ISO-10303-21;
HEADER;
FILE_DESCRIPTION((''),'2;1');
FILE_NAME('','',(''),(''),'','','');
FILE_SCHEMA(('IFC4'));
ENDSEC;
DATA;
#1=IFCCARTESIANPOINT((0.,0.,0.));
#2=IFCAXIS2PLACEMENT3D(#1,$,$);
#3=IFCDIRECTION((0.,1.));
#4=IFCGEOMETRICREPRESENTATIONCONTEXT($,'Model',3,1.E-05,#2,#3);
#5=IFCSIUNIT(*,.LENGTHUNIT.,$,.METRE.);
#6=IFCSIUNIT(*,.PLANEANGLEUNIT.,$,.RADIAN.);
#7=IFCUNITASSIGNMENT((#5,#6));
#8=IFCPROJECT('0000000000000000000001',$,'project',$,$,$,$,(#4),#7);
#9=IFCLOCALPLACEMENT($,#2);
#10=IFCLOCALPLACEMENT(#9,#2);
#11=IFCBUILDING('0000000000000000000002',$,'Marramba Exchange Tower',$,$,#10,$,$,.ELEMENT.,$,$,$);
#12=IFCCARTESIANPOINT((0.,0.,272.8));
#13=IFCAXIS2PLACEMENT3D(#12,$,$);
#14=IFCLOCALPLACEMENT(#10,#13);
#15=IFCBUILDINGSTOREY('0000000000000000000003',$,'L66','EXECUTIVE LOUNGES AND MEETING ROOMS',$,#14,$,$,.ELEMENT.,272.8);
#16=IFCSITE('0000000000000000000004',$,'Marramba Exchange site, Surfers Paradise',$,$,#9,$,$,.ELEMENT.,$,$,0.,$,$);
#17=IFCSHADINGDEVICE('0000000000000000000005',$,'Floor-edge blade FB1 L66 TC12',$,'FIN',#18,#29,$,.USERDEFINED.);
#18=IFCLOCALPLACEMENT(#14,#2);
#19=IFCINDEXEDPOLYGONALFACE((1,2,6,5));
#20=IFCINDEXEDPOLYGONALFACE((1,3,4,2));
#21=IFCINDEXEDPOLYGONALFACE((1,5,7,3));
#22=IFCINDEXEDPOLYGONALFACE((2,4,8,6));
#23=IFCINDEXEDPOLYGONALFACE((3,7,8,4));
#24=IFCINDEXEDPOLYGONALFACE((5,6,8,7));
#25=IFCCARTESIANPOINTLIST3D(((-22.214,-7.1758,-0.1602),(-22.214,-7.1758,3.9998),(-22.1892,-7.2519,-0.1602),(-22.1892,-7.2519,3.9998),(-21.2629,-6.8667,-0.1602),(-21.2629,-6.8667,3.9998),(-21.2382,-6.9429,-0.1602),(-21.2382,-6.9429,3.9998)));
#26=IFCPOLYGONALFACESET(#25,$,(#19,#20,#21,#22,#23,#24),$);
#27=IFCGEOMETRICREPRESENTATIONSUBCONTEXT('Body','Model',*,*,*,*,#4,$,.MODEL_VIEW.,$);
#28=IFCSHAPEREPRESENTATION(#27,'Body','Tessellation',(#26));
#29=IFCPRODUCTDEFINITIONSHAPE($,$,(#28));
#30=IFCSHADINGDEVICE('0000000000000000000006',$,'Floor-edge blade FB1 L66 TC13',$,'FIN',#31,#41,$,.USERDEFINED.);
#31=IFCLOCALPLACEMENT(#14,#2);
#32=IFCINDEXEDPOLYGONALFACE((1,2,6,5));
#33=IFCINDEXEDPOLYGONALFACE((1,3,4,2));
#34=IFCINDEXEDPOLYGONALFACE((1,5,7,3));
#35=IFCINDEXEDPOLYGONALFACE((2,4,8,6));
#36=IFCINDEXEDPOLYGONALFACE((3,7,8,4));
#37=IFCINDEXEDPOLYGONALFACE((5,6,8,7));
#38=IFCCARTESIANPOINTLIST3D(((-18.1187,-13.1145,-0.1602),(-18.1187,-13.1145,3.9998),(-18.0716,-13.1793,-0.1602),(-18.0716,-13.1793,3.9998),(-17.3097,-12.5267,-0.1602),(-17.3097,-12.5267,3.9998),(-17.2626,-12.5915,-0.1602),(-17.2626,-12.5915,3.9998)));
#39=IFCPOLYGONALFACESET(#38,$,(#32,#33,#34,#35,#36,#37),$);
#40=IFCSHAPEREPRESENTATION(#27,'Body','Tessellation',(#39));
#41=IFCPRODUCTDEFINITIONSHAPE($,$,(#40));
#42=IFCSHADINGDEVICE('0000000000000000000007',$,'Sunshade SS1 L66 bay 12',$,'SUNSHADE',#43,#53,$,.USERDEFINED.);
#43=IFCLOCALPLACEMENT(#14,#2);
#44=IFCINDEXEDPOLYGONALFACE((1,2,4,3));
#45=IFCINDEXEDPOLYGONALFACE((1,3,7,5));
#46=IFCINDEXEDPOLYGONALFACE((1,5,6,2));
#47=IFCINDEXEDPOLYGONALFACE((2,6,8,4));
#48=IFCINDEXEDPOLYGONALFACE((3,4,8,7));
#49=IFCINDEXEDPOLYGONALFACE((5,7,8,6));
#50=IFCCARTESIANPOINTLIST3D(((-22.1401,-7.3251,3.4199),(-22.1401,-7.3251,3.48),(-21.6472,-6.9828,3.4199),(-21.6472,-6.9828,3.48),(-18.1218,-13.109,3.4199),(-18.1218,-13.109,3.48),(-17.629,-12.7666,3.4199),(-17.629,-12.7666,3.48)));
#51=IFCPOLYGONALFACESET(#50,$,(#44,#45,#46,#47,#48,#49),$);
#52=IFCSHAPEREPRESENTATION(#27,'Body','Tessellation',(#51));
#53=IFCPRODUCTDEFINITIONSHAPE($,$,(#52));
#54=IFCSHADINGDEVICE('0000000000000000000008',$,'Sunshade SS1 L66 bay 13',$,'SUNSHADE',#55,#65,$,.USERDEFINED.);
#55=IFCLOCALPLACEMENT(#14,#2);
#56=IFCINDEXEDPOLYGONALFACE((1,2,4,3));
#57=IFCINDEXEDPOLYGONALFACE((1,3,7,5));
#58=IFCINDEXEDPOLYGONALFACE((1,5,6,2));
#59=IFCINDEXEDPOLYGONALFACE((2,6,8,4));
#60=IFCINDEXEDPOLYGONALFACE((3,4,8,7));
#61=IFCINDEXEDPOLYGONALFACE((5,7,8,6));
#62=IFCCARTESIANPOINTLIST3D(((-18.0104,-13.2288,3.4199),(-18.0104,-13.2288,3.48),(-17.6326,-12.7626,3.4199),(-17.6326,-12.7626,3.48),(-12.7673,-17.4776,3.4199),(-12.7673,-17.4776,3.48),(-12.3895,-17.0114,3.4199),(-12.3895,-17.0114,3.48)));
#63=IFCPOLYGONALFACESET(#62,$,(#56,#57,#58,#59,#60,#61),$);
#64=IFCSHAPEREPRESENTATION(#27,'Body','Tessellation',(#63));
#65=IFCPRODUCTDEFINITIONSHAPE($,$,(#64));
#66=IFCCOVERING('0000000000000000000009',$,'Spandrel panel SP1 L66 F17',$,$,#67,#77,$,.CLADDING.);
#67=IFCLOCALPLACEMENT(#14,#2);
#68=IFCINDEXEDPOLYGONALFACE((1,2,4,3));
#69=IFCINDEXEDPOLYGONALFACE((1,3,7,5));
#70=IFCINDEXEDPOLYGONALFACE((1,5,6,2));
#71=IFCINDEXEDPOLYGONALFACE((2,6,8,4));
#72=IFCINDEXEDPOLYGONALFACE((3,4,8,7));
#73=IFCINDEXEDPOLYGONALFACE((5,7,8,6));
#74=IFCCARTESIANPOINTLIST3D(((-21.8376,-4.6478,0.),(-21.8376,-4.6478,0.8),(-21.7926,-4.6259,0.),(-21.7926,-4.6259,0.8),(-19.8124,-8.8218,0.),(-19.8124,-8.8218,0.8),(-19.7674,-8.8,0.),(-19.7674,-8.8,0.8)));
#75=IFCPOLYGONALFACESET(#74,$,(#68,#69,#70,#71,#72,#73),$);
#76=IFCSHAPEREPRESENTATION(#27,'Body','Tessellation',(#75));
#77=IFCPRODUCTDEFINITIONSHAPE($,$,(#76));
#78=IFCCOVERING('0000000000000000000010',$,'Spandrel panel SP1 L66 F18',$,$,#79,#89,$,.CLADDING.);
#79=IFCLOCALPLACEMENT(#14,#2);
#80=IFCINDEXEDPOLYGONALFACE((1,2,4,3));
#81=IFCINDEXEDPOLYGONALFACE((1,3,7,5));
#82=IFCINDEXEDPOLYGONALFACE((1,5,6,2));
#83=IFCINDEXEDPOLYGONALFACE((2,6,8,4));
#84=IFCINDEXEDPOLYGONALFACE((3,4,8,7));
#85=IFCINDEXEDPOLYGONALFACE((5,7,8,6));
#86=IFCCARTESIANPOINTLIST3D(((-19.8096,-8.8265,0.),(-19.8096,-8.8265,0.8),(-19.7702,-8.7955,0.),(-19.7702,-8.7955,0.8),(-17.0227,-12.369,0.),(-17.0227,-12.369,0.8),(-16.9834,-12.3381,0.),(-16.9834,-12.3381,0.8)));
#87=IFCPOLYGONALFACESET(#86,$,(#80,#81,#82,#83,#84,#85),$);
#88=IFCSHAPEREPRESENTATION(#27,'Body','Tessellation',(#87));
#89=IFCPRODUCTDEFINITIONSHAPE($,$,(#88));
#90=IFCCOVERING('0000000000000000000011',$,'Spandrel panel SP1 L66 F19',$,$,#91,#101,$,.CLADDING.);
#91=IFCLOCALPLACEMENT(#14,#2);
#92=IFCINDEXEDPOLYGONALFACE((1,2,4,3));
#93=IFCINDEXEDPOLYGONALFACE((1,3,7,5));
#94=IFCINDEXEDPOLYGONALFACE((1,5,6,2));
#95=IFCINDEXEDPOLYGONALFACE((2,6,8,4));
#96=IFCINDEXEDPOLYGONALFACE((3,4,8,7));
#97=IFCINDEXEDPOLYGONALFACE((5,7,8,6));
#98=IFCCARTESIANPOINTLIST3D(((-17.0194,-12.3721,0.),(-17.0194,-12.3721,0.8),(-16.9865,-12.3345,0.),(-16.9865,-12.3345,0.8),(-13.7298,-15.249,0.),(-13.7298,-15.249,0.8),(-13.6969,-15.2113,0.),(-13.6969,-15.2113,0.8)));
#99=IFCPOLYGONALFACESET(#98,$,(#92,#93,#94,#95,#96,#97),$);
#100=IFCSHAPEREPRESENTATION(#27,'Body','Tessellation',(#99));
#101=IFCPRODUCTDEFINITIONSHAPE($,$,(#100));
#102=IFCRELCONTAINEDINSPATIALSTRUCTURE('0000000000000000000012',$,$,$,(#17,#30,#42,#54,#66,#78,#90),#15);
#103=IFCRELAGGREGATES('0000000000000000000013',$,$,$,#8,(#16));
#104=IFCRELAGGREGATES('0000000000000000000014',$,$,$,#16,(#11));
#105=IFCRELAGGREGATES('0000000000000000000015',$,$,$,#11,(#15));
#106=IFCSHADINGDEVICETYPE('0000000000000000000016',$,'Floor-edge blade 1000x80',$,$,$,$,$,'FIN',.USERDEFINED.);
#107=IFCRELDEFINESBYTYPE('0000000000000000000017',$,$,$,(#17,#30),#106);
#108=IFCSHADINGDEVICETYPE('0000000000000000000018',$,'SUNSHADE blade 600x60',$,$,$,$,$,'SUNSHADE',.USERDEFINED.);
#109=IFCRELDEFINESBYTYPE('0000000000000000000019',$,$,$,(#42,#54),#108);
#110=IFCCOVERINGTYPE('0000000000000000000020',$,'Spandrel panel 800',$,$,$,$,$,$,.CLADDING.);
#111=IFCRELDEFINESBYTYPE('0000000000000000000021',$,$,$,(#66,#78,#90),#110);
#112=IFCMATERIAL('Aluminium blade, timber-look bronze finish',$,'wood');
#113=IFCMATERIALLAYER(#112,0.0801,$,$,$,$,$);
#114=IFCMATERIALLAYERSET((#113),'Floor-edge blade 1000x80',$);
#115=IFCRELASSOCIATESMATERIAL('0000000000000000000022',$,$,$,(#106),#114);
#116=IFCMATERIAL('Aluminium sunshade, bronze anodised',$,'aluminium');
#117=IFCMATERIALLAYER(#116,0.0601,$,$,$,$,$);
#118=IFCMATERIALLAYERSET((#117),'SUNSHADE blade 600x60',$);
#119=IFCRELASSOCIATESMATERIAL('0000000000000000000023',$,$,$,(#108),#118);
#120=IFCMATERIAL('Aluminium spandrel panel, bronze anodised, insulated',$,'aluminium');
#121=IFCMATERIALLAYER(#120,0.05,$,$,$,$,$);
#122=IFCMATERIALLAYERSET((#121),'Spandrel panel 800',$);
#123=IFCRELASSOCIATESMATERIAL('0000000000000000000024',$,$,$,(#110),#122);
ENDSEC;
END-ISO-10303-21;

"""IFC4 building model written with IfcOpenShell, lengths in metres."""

from ifc_helpers import new_model, si_unit, direction, frame, origin, origin_2d, place, context, subcontext, project, spatial, rectangle, extrude, material, layer, layer_set, type_object, element, save


model = new_model("IFC4")

# Units and contexts
model_context = context("Model", 3, precision=1e-05, world=origin(), true_north=direction((0.0, 1.0)))
body_context = subcontext(model_context, "Body", "Model", "MODEL_VIEW")
ifc_project = project(units=[si_unit("LENGTHUNIT", "METRE"), si_unit("PLANEANGLEUNIT", "RADIAN")], contexts=[model_context])

# Site, building, storey
site_placement = place(None, origin())
site = spatial("IfcSite", under=ifc_project, at=site_placement, Name="Marramba Exchange site, Surfers Paradise", CompositionType="ELEMENT", RefElevation=0.0)
building_placement = place(site_placement, origin())
building = spatial("IfcBuilding", under=site, at=building_placement, Name="Marramba Exchange Tower", CompositionType="ELEMENT")
storey_placement = place(building_placement, frame((0.0, 0.0, 272.8)))
storey = spatial("IfcBuildingStorey", under=building, at=storey_placement, Name="L66", Description="EXECUTIVE LOUNGES AND MEETING ROOMS", CompositionType="ELEMENT", Elevation=272.8)

# Shading devices
ifc_material_1 = material(Name="Aluminium blade, timber-look bronze finish", Category="wood")
ifc_layer_1 = layer(ifc_material_1, 0.0801)
ifc_layer_set_1 = layer_set([ifc_layer_1], Name="Floor-edge blade 1000x80")
shading_device_type_1 = type_object("IfcShadingDeviceType", Name="Floor-edge blade 1000x80", ElementType="FIN", PredefinedType="USERDEFINED", material=ifc_layer_set_1)
for number, where, z_axis, x_axis, name in (
    (1, (-21.7261, -7.0593, -0.1602), (0.0, 0.0, 1.0), (-0.951057, -0.309017, 0.0), "Floor-edge blade FB1 L66 TC12"),
    (2, (-17.6907, -12.853, -0.1602), (0.0, 0.0, 1.0), (-0.809017, -0.587785, 0.0), "Floor-edge blade FB1 L66 TC13"),
):
    element("IfcShadingDevice", number, at=place(storey_placement, frame(where, z_axis=z_axis, x_axis=x_axis)), inside=storey, type_object=shading_device_type_1, Name=name, ObjectType="FIN", PredefinedType="USERDEFINED", context=body_context, shape_type="SweptSolid", body=[
        extrude(rectangle(XDim=1.0, YDim=0.0801, at=origin_2d()), origin(), (0.0, 0.0, 1.0), 4.1599),
    ])
ifc_material_2 = material(Name="Aluminium sunshade, bronze anodised", Category="aluminium")
ifc_layer_2 = layer(ifc_material_2, 0.0601)
ifc_layer_set_2 = layer_set([ifc_layer_2], Name="SUNSHADE blade 600x60")
shading_device_type_2 = type_object("IfcShadingDeviceType", Name="SUNSHADE blade 600x60", ElementType="SUNSHADE", PredefinedType="USERDEFINED", material=ifc_layer_set_2)
shading_device_1_placement = place(storey_placement, frame((-19.8845, -10.0459, 3.4199), z_axis=(0.0, 0.0, 1.0), x_axis=(0.570558, -0.821257, 0.0)))
element("IfcShadingDevice", 3, at=shading_device_1_placement, inside=storey, type_object=shading_device_type_2, Name="Sunshade SS1 L66 bay 12", ObjectType="SUNSHADE", PredefinedType="USERDEFINED", context=body_context, shape_type="SweptSolid", body=[
    extrude(rectangle(XDim=7.0427, YDim=0.6001, at=origin_2d()), origin(), (0.0, 0.0, 1.0), 0.0601),
])
shading_device_2_placement = place(storey_placement, frame((-15.2, -15.1201, 3.4199), z_axis=(0.0, 0.0, 1.0), x_axis=(0.776928, -0.62959, 0.0)))
element("IfcShadingDevice", 4, at=shading_device_2_placement, inside=storey, type_object=shading_device_type_2, Name="Sunshade SS1 L66 bay 13", ObjectType="SUNSHADE", PredefinedType="USERDEFINED", context=body_context, shape_type="SweptSolid", body=[
    extrude(rectangle(XDim=6.7485, YDim=0.6001, at=origin_2d()), origin(), (0.0, 0.0, 1.0), 0.0601),
])

# Coverings
ifc_material_3 = material(Name="Aluminium spandrel panel, bronze anodised, insulated", Category="aluminium")
ifc_layer_3 = layer(ifc_material_3, 0.05)
ifc_layer_set_3 = layer_set([ifc_layer_3], Name="Spandrel panel 800")
covering_type = type_object("IfcCoveringType", Name="Spandrel panel 800", PredefinedType="CLADDING", material=ifc_layer_set_3)
covering_1_placement = place(storey_placement, frame((-20.8025, -6.7239, 0.0), z_axis=(0.0, 0.0, 1.0), x_axis=(0.436515, -0.899697, 0.0)))
element("IfcCovering", 5, at=covering_1_placement, inside=storey, type_object=covering_type, Name="Spandrel panel SP1 L66 F17", PredefinedType="CLADDING", context=body_context, shape_type="SweptSolid", body=[
    extrude(rectangle(XDim=4.6394, YDim=0.05, at=origin_2d()), origin(), (0.0, 0.0, 1.0), 0.8),
])
covering_2_placement = place(storey_placement, frame((-18.3965, -10.5823, 0.0), z_axis=(0.0, 0.0, 1.0), x_axis=(0.618291, -0.78595, 0.0)))
element("IfcCovering", 6, at=covering_2_placement, inside=storey, type_object=covering_type, Name="Spandrel panel SP1 L66 F18", PredefinedType="CLADDING", context=body_context, shape_type="SweptSolid", body=[
    extrude(rectangle(XDim=4.5073, YDim=0.05, at=origin_2d()), origin(), (0.0, 0.0, 1.0), 0.8),
])
covering_3_placement = place(storey_placement, frame((-15.3582, -13.7917, 0.0), z_axis=(0.0, 0.0, 1.0), x_axis=(0.752751, -0.658305, 0.0)))
element("IfcCovering", 7, at=covering_3_placement, inside=storey, type_object=covering_type, Name="Spandrel panel SP1 L66 F19", PredefinedType="CLADDING", context=body_context, shape_type="SweptSolid", body=[
    extrude(rectangle(XDim=4.3701, YDim=0.05, at=origin_2d()), origin(), (0.0, 0.0, 1.0), 0.8),
])

save(model, "model.ifc")
